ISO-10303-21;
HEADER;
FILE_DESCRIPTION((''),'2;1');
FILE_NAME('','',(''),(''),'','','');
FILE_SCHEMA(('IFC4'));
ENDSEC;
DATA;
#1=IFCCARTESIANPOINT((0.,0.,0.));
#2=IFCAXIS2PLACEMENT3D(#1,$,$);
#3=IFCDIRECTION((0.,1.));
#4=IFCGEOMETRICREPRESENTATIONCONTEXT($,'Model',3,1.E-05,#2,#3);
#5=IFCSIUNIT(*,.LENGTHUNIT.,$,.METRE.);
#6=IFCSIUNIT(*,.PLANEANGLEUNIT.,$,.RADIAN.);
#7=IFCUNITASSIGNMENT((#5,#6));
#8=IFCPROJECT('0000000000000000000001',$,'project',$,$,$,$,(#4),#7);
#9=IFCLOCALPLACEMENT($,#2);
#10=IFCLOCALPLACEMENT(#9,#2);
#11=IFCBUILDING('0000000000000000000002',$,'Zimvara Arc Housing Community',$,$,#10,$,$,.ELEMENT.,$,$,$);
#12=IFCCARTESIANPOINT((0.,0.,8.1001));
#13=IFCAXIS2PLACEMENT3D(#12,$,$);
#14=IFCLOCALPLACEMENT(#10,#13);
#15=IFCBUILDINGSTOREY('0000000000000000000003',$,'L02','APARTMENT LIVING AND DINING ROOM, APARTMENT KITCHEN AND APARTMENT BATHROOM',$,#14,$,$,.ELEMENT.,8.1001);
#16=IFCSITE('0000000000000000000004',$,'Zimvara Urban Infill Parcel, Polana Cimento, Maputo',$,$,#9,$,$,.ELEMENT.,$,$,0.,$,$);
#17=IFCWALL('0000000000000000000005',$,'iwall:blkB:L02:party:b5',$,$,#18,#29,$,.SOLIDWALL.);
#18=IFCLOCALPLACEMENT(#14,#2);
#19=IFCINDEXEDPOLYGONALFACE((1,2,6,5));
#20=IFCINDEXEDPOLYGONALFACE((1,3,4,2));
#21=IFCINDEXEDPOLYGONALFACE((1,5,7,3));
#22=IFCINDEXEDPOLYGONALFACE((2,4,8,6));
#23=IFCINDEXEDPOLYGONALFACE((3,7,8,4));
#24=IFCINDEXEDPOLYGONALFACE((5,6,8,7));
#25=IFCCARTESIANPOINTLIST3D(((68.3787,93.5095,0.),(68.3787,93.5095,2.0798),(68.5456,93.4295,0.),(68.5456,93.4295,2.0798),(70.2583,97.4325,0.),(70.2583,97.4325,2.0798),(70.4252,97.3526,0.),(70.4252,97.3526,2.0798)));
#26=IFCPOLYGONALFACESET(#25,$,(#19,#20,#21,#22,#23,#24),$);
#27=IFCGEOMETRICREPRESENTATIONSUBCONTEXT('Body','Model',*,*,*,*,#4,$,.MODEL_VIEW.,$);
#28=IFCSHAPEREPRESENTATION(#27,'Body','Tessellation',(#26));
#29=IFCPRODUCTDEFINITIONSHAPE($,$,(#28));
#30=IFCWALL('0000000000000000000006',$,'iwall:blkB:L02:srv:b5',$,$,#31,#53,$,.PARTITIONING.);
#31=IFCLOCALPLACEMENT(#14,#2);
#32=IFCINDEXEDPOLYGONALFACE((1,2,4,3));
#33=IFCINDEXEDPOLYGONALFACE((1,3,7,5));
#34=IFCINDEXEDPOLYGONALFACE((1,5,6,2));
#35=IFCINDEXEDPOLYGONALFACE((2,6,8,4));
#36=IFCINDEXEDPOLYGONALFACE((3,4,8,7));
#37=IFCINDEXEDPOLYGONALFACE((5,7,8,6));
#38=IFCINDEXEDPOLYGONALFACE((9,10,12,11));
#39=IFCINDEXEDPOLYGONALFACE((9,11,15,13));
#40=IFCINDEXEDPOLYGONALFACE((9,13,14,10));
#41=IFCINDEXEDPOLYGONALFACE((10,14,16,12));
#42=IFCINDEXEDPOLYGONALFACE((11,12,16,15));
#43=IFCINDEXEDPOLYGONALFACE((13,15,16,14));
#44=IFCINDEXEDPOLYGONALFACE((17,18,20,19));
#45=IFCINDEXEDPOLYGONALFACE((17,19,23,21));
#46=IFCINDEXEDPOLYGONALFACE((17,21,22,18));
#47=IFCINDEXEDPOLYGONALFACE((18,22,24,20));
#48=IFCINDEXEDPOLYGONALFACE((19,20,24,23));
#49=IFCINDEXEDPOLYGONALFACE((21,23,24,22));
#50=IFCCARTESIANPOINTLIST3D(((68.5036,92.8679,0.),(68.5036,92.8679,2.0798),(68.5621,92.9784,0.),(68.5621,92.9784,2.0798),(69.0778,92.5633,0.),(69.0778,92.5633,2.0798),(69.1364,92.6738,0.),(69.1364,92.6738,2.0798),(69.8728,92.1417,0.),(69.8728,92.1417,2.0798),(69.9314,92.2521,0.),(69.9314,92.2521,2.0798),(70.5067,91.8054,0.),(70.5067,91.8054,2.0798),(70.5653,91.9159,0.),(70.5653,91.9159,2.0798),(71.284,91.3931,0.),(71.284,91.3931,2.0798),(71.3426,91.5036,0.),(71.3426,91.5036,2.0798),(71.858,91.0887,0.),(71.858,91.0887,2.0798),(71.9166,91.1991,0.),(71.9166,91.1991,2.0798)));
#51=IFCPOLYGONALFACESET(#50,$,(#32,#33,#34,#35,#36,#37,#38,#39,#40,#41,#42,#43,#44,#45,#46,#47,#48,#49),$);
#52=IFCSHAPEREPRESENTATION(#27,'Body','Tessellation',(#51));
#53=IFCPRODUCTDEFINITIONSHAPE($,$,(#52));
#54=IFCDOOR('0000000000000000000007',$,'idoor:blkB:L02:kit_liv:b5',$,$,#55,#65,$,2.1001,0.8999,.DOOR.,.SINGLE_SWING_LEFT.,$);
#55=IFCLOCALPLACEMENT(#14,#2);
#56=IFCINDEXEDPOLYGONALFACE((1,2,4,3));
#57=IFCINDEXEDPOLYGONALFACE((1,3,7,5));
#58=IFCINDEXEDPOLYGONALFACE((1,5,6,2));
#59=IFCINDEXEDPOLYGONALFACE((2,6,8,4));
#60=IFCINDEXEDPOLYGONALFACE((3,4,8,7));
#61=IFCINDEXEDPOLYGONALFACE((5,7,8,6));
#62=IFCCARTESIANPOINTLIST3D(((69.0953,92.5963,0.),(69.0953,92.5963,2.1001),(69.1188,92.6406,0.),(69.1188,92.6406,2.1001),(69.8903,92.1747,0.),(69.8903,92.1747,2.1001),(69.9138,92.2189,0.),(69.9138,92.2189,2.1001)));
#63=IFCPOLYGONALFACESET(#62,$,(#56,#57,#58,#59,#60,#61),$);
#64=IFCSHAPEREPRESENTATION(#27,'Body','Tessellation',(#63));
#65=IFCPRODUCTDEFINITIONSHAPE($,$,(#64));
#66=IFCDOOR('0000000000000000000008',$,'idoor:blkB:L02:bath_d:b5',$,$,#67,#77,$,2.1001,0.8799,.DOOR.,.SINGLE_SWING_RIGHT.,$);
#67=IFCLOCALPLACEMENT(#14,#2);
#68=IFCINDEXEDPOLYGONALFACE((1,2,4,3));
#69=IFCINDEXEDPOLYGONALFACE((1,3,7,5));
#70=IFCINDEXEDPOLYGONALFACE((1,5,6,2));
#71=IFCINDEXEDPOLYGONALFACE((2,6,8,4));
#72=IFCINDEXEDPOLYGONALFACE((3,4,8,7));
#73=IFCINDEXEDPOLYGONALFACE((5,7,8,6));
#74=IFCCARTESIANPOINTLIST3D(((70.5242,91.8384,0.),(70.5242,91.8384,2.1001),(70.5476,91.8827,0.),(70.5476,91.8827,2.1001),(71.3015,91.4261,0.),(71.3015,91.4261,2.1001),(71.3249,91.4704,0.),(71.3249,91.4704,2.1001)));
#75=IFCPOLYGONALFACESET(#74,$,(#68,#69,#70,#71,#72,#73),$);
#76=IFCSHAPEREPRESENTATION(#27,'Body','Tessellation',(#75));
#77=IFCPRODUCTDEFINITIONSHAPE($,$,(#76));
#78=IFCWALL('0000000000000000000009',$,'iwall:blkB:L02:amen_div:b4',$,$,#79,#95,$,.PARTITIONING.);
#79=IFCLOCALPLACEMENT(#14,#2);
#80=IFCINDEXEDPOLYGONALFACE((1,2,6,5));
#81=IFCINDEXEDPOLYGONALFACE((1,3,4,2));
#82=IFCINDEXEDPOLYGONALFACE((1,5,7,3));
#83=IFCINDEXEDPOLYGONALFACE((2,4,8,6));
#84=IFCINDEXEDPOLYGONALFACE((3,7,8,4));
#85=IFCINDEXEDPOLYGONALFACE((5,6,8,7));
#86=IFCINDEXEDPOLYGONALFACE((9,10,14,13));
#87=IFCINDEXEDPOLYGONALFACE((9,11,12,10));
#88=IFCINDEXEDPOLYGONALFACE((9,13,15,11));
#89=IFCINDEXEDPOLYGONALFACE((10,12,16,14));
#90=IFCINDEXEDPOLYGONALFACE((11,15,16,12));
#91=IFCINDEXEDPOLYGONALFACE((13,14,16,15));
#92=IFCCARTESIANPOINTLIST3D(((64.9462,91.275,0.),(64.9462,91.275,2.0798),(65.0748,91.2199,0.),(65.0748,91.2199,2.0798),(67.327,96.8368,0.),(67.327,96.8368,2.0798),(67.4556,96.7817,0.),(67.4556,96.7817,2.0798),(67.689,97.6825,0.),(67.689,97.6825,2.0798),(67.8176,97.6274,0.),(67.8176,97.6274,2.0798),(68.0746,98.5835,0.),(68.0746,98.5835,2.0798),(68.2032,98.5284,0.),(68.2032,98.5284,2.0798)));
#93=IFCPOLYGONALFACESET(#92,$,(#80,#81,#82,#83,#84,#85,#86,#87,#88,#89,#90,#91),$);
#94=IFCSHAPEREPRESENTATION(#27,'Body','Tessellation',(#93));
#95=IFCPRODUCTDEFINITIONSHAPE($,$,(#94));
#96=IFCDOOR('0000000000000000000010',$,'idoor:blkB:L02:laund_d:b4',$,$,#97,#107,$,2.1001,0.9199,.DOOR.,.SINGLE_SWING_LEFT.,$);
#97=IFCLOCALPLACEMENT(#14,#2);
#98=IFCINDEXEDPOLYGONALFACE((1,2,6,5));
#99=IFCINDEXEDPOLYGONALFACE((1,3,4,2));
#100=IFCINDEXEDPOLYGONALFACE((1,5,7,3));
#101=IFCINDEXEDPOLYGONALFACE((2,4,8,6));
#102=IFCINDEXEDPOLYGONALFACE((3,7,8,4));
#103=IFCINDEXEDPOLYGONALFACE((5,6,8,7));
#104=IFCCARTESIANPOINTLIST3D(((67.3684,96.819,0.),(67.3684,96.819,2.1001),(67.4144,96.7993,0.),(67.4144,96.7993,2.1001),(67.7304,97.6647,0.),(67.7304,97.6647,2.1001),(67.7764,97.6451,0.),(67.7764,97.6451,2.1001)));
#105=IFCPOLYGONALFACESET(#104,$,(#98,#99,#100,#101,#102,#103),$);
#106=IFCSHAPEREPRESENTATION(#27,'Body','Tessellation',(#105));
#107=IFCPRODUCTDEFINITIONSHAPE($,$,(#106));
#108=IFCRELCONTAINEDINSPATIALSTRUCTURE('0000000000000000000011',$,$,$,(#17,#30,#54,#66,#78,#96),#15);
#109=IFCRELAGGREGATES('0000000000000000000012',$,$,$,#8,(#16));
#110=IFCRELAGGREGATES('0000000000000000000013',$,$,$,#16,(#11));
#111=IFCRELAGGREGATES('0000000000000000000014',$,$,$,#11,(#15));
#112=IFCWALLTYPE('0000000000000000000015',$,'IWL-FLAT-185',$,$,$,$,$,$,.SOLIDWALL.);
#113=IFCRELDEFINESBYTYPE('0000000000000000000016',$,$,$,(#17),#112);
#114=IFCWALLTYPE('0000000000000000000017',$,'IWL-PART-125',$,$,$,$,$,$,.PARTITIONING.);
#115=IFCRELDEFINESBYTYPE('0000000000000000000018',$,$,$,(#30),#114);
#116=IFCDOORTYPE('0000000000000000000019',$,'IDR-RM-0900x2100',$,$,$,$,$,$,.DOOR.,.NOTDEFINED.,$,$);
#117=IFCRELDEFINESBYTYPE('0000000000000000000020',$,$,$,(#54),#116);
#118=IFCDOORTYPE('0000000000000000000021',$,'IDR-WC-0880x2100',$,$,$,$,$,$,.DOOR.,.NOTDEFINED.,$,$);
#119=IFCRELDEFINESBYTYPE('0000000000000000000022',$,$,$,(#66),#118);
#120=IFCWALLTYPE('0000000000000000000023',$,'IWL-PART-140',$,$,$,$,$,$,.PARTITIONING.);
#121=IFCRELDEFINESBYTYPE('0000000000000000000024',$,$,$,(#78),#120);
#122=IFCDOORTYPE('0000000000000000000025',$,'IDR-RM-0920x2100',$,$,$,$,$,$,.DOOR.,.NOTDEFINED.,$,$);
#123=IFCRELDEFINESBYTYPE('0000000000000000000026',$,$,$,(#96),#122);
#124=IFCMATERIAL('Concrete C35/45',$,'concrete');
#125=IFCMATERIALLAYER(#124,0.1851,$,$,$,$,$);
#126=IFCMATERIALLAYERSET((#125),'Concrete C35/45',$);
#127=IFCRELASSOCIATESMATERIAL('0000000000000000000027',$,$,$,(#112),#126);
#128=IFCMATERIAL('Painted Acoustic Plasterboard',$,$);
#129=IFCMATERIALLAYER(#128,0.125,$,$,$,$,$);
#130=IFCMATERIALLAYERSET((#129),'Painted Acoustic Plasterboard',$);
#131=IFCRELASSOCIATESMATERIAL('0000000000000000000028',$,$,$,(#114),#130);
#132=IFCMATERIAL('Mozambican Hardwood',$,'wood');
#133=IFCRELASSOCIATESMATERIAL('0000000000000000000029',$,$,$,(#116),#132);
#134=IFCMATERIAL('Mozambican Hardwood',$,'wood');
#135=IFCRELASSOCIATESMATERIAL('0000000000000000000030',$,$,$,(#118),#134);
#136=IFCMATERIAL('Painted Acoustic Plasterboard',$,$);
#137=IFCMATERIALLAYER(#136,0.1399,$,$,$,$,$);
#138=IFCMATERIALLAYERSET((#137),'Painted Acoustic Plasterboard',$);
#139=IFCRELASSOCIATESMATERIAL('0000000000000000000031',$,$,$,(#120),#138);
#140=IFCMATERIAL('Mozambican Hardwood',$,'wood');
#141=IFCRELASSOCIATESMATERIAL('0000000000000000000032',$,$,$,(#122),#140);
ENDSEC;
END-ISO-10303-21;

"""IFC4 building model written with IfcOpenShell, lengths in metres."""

from ifc_helpers import new_model, si_unit, direction, frame, frame_2d, origin, place, context, subcontext, project, spatial, rectangle, extrude, material, layer, layer_set, type_object, element, fill, save


model = new_model("IFC4")

# Units and contexts
model_context = context("Model", 3, precision=1e-05, world=origin(), true_north=direction((0.0, 1.0)))
body_context = subcontext(model_context, "Body", "Model", "MODEL_VIEW")
ifc_project = project(units=[si_unit("LENGTHUNIT", "METRE"), si_unit("PLANEANGLEUNIT", "RADIAN")], contexts=[model_context])

# Site, building, storey
site_placement = place(None, origin())
site = spatial("IfcSite", under=ifc_project, at=site_placement, Name="Zimvara Urban Infill Parcel, Polana Cimento, Maputo", CompositionType="ELEMENT", RefElevation=0.0)
building_placement = place(site_placement, origin())
building = spatial("IfcBuilding", under=site, at=building_placement, Name="Zimvara Arc Housing Community", CompositionType="ELEMENT")
storey_placement = place(building_placement, frame((0.0, 0.0, 8.1001)))
storey = spatial("IfcBuildingStorey", under=building, at=storey_placement, Name="L02", Description="APARTMENT LIVING AND DINING ROOM, APARTMENT KITCHEN AND APARTMENT BATHROOM", CompositionType="ELEMENT", Elevation=8.1001)

# Wall
ifc_material_1 = material(Name="Concrete C35/45", Category="concrete")
ifc_layer_1 = layer(ifc_material_1, 0.1851)
ifc_layer_set_1 = layer_set([ifc_layer_1], Name="Concrete C35/45")
wall_type_1 = type_object("IfcWallType", Name="IWL-FLAT-185", PredefinedType="SOLIDWALL", material=ifc_layer_set_1)
for number, where, z_axis, x_axis, name in (
    (1, (68.4622, 93.4695, 0.0), (0.0, 0.0, 1.0), (0.432087, 0.901832, 0.0), "iwall:blkB:L02:party:b5"),
):
    element("IfcWall", number, at=place(storey_placement, frame(where, z_axis=z_axis, x_axis=x_axis)), inside=storey, type_object=wall_type_1, Name=name, PredefinedType="SOLIDWALL", context=body_context, shape_type="SweptSolid", body=[
        extrude(rectangle(XDim=4.3501, YDim=0.1851, at=frame_2d((2.175, 0.0))), origin(), (0.0, 0.0, 1.0), 2.0798),
    ])

# Wall, openings, doors
ifc_material_2 = material(Name="Painted Acoustic Plasterboard")
ifc_layer_2 = layer(ifc_material_2, 0.125)
ifc_layer_set_2 = layer_set([ifc_layer_2], Name="Painted Acoustic Plasterboard")
wall_type_2 = type_object("IfcWallType", Name="IWL-PART-125", PredefinedType="PARTITIONING", material=ifc_layer_set_2)
wall_1_placement = place(storey_placement, frame((68.533, 92.9231, 0.0), z_axis=(0.0, 0.0, 1.0), x_axis=(0.883419, -0.468585, 0.0)))
wall_1 = element("IfcWall", 2, at=wall_1_placement, inside=storey, type_object=wall_type_2, Name="iwall:blkB:L02:srv:b5", PredefinedType="PARTITIONING", context=body_context, shape_type="SweptSolid", body=[
    extrude(rectangle(XDim=3.7971, YDim=0.125, at=frame_2d((1.8984, 0.0))), origin(), (0.0, 0.0, 1.0), 2.0798),
])
opening_1_placement = place(wall_1_placement, frame((0.6499, 0.0, 0.0)))
opening_1 = element("IfcOpeningElement", 3, at=opening_1_placement, cuts=wall_1, PredefinedType="OPENING", context=body_context, shape_type="SweptSolid", body=[
    extrude(rectangle(XDim=0.8999, YDim=2.1001, at=frame_2d((0.45, 1.05))), frame((0.0, 0.0725, 0.0), z_axis=(0.0, -1.0, 0.0), x_axis=(1.0, 0.0, 0.0)), (0.0, 0.0, 1.0), 0.145),
])
opening_2_placement = place(wall_1_placement, frame((2.2673, 0.0, 0.0)))
opening_2 = element("IfcOpeningElement", 4, at=opening_2_placement, cuts=wall_1, PredefinedType="OPENING", context=body_context, shape_type="SweptSolid", body=[
    extrude(rectangle(XDim=0.8799, YDim=2.1001, at=frame_2d((0.4399, 1.05))), frame((0.0, 0.0725, 0.0), z_axis=(0.0, -1.0, 0.0), x_axis=(1.0, 0.0, 0.0)), (0.0, 0.0, 1.0), 0.145),
])
ifc_material_3 = material(Name="Mozambican Hardwood", Category="wood")
door_type_1 = type_object("IfcDoorType", Name="IDR-RM-0900x2100", OperationType="NOTDEFINED", PredefinedType="DOOR", material=ifc_material_3)
door_1_placement = place(opening_1_placement, origin())
door_1 = element("IfcDoor", 5, at=door_1_placement, inside=storey, type_object=door_type_1, Name="idoor:blkB:L02:kit_liv:b5", OperationType="SINGLE_SWING_LEFT", OverallHeight=2.1001, OverallWidth=0.8999, PredefinedType="DOOR", context=body_context, shape_type="SweptSolid", body=[
    extrude(rectangle(XDim=0.8999, YDim=2.1001, at=frame_2d((0.45, 1.05))), frame((0.0, 0.0249, 0.0), z_axis=(0.0, -1.0, 0.0), x_axis=(1.0, 0.0, 0.0)), (0.0, 0.0, 1.0), 0.05),
])
fill(opening_1, door_1)
ifc_material_4 = material(Name="Mozambican Hardwood", Category="wood")
door_type_2 = type_object("IfcDoorType", Name="IDR-WC-0880x2100", OperationType="NOTDEFINED", PredefinedType="DOOR", material=ifc_material_4)
door_2_placement = place(opening_2_placement, origin())
door_2 = element("IfcDoor", 6, at=door_2_placement, inside=storey, type_object=door_type_2, Name="idoor:blkB:L02:bath_d:b5", OperationType="SINGLE_SWING_RIGHT", OverallHeight=2.1001, OverallWidth=0.8799, PredefinedType="DOOR", context=body_context, shape_type="SweptSolid", body=[
    extrude(rectangle(XDim=0.8799, YDim=2.1001, at=frame_2d((0.4399, 1.05))), frame((0.0, 0.0249, 0.0), z_axis=(0.0, -1.0, 0.0), x_axis=(1.0, 0.0, 0.0)), (0.0, 0.0, 1.0), 0.05),
])
fill(opening_2, door_2)

# Wall, opening, door
ifc_material_5 = material(Name="Painted Acoustic Plasterboard")
ifc_layer_3 = layer(ifc_material_5, 0.1399)
ifc_layer_set_3 = layer_set([ifc_layer_3], Name="Painted Acoustic Plasterboard")
wall_type_3 = type_object("IfcWallType", Name="IWL-PART-140", PredefinedType="PARTITIONING", material=ifc_layer_set_3)
wall_2_placement = place(storey_placement, frame((65.0105, 91.2473, 0.0), z_axis=(0.0, 0.0, 1.0), x_axis=(0.393512, 0.91932, 0.0)))
wall_2 = element("IfcWall", 7, at=wall_2_placement, inside=storey, type_object=wall_type_3, Name="iwall:blkB:L02:amen_div:b4", PredefinedType="PARTITIONING", context=body_context, shape_type="SweptSolid", body=[
    extrude(rectangle(XDim=7.95, YDim=0.1399, at=frame_2d((3.9751, 0.0))), origin(), (0.0, 0.0, 1.0), 2.0798),
])
opening_3_placement = place(wall_2_placement, frame((6.05, 0.0, 0.0)))
opening_3 = element("IfcOpeningElement", 8, at=opening_3_placement, cuts=wall_2, PredefinedType="OPENING", context=body_context, shape_type="SweptSolid", body=[
    extrude(rectangle(XDim=0.9199, YDim=2.1001, at=frame_2d((0.46, 1.05))), frame((0.0, 0.0798, 0.0), z_axis=(0.0, -1.0, 0.0), x_axis=(1.0, 0.0, 0.0)), (0.0, 0.0, 1.0), 0.1599),
])
ifc_material_6 = material(Name="Mozambican Hardwood", Category="wood")
door_type_3 = type_object("IfcDoorType", Name="IDR-RM-0920x2100", OperationType="NOTDEFINED", PredefinedType="DOOR", material=ifc_material_6)
door_3_placement = place(opening_3_placement, origin())
door_3 = element("IfcDoor", 9, at=door_3_placement, inside=storey, type_object=door_type_3, Name="idoor:blkB:L02:laund_d:b4", OperationType="SINGLE_SWING_LEFT", OverallHeight=2.1001, OverallWidth=0.9199, PredefinedType="DOOR", context=body_context, shape_type="SweptSolid", body=[
    extrude(rectangle(XDim=0.9199, YDim=2.1001, at=frame_2d((0.46, 1.05))), frame((0.0, 0.0249, 0.0), z_axis=(0.0, -1.0, 0.0), x_axis=(1.0, 0.0, 0.0)), (0.0, 0.0, 1.0), 0.05),
])
fill(opening_3, door_3)

save(model, "model.ifc")
